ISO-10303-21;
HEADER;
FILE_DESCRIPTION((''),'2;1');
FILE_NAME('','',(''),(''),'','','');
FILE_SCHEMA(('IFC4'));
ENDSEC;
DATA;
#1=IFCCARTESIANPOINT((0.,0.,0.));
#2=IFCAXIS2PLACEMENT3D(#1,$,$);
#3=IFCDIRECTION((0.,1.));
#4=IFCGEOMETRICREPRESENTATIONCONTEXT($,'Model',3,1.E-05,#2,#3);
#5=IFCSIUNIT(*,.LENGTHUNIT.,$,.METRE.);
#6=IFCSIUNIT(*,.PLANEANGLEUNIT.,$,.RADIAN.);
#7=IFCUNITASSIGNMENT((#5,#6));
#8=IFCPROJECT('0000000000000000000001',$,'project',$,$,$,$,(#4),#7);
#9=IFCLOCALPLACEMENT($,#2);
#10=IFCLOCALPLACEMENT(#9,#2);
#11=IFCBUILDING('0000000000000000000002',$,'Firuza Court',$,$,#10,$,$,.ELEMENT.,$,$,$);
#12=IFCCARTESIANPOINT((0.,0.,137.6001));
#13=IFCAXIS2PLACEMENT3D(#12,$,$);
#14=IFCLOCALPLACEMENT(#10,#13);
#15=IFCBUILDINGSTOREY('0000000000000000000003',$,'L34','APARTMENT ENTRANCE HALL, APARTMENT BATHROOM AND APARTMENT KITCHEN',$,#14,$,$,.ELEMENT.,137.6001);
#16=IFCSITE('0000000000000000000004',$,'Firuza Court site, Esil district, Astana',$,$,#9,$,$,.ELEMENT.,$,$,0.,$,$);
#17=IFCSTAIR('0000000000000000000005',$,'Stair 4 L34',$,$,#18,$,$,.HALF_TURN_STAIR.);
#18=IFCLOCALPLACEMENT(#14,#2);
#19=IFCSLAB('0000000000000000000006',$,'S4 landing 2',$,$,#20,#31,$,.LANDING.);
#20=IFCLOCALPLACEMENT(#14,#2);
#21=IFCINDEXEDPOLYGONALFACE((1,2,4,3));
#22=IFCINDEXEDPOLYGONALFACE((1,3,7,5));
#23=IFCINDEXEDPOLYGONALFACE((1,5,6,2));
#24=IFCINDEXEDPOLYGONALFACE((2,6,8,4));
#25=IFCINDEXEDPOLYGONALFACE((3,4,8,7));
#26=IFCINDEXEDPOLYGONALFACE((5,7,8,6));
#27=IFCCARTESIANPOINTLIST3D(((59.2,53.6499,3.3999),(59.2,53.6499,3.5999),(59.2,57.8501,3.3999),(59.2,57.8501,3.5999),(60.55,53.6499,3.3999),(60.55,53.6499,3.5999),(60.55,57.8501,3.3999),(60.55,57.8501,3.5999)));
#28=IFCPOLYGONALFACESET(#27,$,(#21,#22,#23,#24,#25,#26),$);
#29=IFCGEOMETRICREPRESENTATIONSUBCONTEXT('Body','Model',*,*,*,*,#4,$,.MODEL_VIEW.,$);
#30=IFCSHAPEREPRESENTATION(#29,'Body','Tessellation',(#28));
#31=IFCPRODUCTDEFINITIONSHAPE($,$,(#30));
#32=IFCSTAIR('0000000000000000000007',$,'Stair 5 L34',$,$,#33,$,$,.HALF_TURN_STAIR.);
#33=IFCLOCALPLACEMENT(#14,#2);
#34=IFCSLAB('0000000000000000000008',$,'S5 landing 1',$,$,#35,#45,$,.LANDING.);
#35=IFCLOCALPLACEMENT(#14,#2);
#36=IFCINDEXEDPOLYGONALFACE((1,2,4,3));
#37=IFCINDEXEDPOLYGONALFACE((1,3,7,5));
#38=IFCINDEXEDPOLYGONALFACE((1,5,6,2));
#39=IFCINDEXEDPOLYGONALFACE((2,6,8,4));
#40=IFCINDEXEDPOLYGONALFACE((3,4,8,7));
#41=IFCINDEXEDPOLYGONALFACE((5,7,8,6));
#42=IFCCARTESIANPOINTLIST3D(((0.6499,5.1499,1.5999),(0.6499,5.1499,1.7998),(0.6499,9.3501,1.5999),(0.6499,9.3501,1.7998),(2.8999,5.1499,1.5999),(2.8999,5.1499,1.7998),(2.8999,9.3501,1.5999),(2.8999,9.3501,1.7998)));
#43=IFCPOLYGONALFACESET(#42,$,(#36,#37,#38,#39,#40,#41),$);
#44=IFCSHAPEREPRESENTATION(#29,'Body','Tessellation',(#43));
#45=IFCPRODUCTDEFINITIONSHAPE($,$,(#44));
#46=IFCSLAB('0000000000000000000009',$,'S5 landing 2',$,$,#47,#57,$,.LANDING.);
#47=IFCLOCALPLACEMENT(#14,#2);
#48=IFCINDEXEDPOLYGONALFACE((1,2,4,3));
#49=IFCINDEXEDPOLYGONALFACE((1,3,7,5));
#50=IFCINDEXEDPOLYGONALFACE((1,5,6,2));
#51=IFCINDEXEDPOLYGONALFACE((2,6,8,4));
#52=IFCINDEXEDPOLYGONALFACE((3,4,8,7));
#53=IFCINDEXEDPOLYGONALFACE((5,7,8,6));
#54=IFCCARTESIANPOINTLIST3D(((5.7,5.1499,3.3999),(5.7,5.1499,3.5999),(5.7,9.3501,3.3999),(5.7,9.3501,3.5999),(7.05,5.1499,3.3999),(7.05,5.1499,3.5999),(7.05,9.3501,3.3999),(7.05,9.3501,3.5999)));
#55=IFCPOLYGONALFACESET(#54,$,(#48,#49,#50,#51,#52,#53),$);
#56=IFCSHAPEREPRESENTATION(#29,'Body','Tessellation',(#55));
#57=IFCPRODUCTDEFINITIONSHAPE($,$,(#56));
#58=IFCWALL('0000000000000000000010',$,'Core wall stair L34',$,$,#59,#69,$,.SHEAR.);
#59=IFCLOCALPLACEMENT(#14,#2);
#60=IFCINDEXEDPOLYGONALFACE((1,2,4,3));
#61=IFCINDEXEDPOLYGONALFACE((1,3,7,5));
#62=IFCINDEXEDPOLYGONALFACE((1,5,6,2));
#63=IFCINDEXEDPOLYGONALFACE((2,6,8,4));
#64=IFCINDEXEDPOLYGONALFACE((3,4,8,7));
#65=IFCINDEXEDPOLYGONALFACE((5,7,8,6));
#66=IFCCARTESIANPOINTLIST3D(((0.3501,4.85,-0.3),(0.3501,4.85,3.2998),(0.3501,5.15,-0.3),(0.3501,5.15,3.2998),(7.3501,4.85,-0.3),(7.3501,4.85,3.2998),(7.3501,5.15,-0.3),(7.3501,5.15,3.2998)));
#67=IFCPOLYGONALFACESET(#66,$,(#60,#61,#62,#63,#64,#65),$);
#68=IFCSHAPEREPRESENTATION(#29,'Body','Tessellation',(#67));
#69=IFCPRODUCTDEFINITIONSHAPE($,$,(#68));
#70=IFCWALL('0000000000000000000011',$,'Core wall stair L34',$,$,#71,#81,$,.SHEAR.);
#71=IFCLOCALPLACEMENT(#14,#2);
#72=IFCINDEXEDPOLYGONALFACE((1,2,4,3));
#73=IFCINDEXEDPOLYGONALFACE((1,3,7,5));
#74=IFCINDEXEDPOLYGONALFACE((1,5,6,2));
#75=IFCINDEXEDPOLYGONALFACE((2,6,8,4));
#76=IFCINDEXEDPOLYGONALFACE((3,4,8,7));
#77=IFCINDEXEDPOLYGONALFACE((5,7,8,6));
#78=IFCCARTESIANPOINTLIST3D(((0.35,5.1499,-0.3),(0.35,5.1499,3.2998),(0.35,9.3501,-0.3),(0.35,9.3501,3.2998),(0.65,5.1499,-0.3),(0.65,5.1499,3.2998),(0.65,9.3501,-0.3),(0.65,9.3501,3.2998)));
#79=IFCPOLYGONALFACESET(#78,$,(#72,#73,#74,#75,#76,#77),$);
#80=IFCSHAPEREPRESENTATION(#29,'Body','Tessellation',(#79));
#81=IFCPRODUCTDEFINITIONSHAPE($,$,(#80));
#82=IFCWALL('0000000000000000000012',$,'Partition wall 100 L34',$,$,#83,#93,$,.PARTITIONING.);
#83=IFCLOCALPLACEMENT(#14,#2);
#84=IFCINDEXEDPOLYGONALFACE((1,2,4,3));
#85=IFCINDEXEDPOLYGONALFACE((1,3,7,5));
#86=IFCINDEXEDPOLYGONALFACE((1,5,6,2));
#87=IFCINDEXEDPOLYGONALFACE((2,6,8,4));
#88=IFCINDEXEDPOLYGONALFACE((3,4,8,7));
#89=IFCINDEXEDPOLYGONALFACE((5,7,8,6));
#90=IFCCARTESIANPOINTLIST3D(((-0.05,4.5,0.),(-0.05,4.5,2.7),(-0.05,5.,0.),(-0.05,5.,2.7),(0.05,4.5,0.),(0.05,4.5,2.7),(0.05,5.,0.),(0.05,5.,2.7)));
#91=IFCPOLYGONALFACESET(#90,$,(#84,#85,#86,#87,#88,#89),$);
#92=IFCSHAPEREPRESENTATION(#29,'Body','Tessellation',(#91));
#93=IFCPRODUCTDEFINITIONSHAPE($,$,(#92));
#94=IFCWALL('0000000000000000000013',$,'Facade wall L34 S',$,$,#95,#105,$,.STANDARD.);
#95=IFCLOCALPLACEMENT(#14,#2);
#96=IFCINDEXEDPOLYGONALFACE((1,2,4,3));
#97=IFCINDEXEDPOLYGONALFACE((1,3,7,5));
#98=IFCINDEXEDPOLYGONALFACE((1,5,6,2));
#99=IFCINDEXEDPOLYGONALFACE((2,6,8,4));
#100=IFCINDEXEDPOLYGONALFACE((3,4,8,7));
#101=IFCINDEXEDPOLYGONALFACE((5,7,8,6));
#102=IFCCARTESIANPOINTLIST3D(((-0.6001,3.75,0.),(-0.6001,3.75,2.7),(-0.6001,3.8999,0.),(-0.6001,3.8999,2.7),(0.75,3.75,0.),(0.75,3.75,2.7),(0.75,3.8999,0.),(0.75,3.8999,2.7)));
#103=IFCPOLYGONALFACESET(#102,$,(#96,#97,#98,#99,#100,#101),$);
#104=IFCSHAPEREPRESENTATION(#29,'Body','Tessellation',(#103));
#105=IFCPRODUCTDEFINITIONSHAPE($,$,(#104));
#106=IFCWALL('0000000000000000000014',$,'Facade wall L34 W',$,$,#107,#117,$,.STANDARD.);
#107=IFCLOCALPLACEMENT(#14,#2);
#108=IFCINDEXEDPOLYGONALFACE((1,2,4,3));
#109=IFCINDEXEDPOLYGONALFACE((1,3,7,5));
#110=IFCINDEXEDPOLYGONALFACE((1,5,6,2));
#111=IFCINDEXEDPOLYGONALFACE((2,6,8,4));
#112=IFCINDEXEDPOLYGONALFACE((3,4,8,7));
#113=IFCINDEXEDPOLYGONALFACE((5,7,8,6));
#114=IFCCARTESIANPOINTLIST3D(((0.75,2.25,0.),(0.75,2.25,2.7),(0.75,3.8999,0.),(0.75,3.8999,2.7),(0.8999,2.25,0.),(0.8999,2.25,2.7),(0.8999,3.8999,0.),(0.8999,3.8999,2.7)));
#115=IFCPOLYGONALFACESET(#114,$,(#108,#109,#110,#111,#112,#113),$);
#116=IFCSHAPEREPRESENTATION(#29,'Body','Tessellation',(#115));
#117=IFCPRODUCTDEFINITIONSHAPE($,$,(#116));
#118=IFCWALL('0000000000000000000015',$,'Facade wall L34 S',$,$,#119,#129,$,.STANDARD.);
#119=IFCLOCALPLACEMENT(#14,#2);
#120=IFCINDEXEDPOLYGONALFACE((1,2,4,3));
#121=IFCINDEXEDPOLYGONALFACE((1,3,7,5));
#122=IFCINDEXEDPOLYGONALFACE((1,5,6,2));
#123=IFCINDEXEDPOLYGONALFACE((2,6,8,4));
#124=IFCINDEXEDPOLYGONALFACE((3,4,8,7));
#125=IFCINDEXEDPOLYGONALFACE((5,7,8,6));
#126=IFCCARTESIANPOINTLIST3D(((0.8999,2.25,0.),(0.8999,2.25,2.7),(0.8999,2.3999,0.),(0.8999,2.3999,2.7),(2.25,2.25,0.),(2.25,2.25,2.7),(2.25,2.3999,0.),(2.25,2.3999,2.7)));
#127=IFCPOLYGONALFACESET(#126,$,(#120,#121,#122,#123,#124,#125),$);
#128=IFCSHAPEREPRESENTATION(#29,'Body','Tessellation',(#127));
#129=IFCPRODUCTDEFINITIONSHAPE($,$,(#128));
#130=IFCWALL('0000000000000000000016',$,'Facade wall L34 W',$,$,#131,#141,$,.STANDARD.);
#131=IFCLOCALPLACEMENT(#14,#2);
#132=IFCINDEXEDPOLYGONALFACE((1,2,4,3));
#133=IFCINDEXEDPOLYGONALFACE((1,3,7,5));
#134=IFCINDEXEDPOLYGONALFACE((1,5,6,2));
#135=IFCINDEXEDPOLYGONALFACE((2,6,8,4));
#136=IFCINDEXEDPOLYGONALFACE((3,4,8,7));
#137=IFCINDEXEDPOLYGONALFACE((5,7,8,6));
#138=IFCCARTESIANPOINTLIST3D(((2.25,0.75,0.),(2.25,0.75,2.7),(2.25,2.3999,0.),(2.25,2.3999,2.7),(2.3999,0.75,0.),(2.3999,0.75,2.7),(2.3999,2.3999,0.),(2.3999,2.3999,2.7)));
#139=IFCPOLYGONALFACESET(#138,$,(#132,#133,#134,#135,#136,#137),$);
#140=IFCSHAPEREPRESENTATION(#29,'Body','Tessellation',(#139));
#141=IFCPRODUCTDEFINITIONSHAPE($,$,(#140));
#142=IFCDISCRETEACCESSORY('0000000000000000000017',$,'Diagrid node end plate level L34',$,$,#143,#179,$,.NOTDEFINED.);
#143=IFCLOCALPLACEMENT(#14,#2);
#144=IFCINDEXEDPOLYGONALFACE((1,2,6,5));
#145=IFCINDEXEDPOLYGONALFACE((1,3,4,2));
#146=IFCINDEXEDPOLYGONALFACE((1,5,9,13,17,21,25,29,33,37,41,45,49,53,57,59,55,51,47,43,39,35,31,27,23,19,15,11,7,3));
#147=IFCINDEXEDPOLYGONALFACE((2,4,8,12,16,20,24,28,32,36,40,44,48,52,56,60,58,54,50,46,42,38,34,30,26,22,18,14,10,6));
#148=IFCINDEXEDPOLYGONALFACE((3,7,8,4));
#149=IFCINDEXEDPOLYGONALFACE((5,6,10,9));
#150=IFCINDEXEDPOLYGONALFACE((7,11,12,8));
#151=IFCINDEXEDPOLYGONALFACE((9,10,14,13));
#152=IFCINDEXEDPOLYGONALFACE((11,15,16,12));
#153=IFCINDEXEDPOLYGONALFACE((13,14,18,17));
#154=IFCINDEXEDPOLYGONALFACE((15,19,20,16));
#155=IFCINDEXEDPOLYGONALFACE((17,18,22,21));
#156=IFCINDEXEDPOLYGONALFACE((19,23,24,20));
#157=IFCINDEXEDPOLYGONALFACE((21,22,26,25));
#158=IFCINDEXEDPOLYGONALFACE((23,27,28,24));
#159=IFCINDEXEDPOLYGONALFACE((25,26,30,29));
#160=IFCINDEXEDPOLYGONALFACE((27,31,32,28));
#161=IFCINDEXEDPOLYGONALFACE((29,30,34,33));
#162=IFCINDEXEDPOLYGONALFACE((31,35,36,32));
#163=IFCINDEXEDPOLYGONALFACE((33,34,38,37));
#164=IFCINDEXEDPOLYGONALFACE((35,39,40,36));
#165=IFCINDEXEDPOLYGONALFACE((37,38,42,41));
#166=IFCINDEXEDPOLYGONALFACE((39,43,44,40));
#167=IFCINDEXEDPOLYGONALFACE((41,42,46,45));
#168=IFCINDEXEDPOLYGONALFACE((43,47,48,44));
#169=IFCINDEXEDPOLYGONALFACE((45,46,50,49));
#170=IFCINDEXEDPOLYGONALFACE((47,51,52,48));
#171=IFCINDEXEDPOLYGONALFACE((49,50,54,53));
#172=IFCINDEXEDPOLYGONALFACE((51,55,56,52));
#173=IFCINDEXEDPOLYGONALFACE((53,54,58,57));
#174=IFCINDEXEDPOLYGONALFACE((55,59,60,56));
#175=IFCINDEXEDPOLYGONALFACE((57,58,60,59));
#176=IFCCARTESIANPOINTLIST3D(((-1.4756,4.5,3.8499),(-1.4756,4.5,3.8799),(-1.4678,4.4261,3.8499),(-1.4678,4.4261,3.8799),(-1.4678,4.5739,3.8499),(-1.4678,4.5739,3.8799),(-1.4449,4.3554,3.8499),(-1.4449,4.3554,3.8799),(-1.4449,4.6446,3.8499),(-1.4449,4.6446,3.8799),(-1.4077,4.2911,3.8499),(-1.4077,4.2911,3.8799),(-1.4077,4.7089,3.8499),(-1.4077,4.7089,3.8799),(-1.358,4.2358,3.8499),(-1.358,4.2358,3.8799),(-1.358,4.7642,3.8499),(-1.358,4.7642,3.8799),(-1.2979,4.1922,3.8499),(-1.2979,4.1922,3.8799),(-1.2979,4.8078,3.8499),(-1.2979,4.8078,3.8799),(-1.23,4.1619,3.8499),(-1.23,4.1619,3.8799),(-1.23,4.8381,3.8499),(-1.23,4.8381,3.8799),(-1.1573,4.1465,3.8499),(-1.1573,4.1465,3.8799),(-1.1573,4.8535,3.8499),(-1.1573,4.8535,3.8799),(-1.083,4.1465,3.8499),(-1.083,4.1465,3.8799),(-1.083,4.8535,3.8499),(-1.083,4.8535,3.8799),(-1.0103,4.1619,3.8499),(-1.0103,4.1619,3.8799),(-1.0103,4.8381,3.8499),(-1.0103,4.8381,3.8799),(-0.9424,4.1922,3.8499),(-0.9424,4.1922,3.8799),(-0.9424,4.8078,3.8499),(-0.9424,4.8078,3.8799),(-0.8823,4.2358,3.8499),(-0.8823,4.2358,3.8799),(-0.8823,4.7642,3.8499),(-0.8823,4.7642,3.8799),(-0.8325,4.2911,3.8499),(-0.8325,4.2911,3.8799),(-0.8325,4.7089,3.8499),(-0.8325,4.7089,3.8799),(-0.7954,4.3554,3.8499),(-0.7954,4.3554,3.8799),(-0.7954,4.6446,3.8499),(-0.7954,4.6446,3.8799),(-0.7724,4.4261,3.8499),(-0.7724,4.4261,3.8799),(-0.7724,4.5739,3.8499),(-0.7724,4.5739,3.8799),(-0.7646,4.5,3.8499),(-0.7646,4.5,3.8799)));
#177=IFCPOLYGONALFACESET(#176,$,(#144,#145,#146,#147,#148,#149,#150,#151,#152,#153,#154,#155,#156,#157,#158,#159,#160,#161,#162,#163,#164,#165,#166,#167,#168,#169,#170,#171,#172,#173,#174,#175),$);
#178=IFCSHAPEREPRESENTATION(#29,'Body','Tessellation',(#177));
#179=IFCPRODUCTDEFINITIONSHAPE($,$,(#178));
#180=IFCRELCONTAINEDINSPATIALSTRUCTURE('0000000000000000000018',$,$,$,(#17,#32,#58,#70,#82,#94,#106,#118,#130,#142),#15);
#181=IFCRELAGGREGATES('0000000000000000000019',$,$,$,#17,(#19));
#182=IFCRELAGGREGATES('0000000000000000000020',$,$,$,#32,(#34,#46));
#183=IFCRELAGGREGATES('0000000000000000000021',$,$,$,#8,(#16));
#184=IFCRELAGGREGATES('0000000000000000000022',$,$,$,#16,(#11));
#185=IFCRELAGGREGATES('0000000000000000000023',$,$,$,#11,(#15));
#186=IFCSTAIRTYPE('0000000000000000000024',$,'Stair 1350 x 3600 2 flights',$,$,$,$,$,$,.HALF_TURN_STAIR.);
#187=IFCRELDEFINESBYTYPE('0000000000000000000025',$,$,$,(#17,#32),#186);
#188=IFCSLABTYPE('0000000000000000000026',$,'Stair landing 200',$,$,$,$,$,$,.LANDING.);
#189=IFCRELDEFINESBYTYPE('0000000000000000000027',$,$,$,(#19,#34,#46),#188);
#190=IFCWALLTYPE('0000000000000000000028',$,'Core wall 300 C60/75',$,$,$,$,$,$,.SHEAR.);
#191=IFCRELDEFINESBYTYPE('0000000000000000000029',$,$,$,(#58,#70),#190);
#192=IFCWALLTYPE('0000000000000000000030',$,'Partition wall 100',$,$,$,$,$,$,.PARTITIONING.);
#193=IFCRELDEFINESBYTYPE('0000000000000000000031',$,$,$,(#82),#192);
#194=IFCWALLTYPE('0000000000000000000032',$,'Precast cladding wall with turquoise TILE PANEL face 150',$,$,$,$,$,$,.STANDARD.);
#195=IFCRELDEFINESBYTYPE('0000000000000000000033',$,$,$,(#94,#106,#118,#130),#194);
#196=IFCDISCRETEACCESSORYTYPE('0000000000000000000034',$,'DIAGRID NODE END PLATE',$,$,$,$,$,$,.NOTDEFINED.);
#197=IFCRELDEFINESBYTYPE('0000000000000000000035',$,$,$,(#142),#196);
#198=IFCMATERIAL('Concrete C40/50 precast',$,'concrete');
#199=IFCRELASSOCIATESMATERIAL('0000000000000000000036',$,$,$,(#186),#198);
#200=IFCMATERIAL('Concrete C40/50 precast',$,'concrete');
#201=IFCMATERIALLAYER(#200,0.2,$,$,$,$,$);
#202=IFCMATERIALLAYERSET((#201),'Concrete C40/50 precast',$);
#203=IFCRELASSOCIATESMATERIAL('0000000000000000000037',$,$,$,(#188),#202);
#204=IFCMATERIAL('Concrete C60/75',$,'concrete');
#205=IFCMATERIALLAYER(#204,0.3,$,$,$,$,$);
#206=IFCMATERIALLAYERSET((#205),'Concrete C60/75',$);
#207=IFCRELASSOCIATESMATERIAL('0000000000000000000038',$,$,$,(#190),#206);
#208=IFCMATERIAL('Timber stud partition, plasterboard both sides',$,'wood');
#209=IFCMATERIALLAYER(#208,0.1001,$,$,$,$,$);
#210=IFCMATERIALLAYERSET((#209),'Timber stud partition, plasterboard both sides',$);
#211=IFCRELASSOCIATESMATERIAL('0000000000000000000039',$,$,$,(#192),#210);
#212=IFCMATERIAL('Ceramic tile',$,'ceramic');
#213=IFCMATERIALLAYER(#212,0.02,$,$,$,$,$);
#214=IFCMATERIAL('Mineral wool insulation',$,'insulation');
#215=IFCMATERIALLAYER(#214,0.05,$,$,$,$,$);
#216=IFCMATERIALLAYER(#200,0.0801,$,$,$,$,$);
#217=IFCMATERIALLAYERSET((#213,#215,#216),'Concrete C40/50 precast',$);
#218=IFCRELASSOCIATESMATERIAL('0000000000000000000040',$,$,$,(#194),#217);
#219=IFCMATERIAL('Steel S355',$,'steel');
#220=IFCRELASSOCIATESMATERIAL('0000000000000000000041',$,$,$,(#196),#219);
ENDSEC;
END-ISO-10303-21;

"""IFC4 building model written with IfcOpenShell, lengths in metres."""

from ifc_helpers import new_model, si_unit, direction, frame, frame_2d, origin, origin_2d, place, context, subcontext, project, spatial, polyline, rectangle, circle, outline, extrude, material, layer, layer_set, material_profile, profile_set, type_object, element, aggregate, save


model = new_model("IFC4")

# Units and contexts
model_context = context("Model", 3, precision=1e-05, world=origin(), true_north=direction((0.0, 1.0)))
body_context = subcontext(model_context, "Body", "Model", "MODEL_VIEW")
ifc_project = project(units=[si_unit("LENGTHUNIT", "METRE"), si_unit("PLANEANGLEUNIT", "RADIAN")], contexts=[model_context])

# Site, building, storey
site_placement = place(None, origin())
site = spatial("IfcSite", under=ifc_project, at=site_placement, Name="Firuza Court site, Esil district, Astana", CompositionType="ELEMENT", RefElevation=0.0)
building_placement = place(site_placement, origin())
building = spatial("IfcBuilding", under=site, at=building_placement, Name="Firuza Court", CompositionType="ELEMENT")
storey_placement = place(building_placement, frame((0.0, 0.0, 137.6001)))
storey = spatial("IfcBuildingStorey", under=building, at=storey_placement, Name="L34", Description="APARTMENT ENTRANCE HALL, APARTMENT BATHROOM AND APARTMENT KITCHEN", CompositionType="ELEMENT", Elevation=137.6001)

# Stairs, slabs
ifc_material_1 = material(Name="Concrete C40/50 precast", Category="concrete")
stair_type = type_object("IfcStairType", Name="Stair 1350 x 3600 2 flights", PredefinedType="HALF_TURN_STAIR", material=ifc_material_1)
ifc_material_2 = material(Name="Concrete C40/50 precast", Category="concrete")
ifc_layer_1 = layer(ifc_material_2, 0.2)
ifc_layer_set_1 = layer_set([ifc_layer_1], Name="Concrete C40/50 precast")
slab_type_1 = type_object("IfcSlabType", Name="Stair landing 200", PredefinedType="LANDING", material=ifc_layer_set_1)
stair_1_placement = place(storey_placement, origin())
stair_1 = element("IfcStair", 1, at=stair_1_placement, inside=storey, type_object=stair_type, Name="Stair 4 L34", PredefinedType="HALF_TURN_STAIR")
slab_1_placement = place(storey_placement, frame((0.0, 0.0, 3.3999)))
slab_1 = element("IfcSlab", 2, at=slab_1_placement, type_object=slab_type_1, Name="S4 landing 2", PredefinedType="LANDING", context=body_context, shape_type="SweptSolid", body=[
    extrude(outline(polyline([(60.55, 53.6499), (60.55, 57.8501), (59.2, 57.8501), (59.2, 53.6499), (60.55, 53.6499)])), origin(), (0.0, 0.0, 1.0), 0.2),
])
aggregate(stair_1, [slab_1])
stair_2_placement = place(storey_placement, origin())
stair_2 = element("IfcStair", 3, at=stair_2_placement, inside=storey, type_object=stair_type, Name="Stair 5 L34", PredefinedType="HALF_TURN_STAIR")
slab_2_placement = place(storey_placement, frame((0.0, 0.0, 1.5999)))
slab_2 = element("IfcSlab", 4, at=slab_2_placement, type_object=slab_type_1, Name="S5 landing 1", PredefinedType="LANDING", context=body_context, shape_type="SweptSolid", body=[
    extrude(outline(polyline([(2.8999, 5.1499), (2.8999, 9.3501), (0.6499, 9.3501), (0.6499, 5.1499), (2.8999, 5.1499)])), origin(), (0.0, 0.0, 1.0), 0.2),
])
slab_3_placement = place(storey_placement, frame((0.0, 0.0, 3.3999)))
slab_3 = element("IfcSlab", 5, at=slab_3_placement, type_object=slab_type_1, Name="S5 landing 2", PredefinedType="LANDING", context=body_context, shape_type="SweptSolid", body=[
    extrude(outline(polyline([(7.05, 5.1499), (7.05, 9.3501), (5.7, 9.3501), (5.7, 5.1499), (7.05, 5.1499)])), origin(), (0.0, 0.0, 1.0), 0.2),
])
aggregate(stair_2, [slab_2, slab_3])

# Walls
ifc_material_3 = material(Name="Concrete C60/75", Category="concrete")
ifc_layer_2 = layer(ifc_material_3, 0.3)
ifc_layer_set_2 = layer_set([ifc_layer_2], Name="Concrete C60/75")
wall_type_1 = type_object("IfcWallType", Name="Core wall 300 C60/75", PredefinedType="SHEAR", material=ifc_layer_set_2)
wall_1_placement = place(storey_placement, frame((0.3501, 5.0, -0.3), z_axis=(0.0, 0.0, 1.0), x_axis=(1.0, 0.0, 0.0)))
element("IfcWall", 6, at=wall_1_placement, inside=storey, type_object=wall_type_1, Name="Core wall stair L34", PredefinedType="SHEAR", context=body_context, shape_type="SweptSolid", body=[
    extrude(rectangle(XDim=7.0, YDim=0.3, at=frame_2d((3.5, 0.0))), origin(), (0.0, 0.0, 1.0), 3.5999),
])
wall_2_placement = place(storey_placement, frame((0.5, 5.1499, -0.3), z_axis=(0.0, 0.0, 1.0), x_axis=(0.0, 1.0, 0.0)))
element("IfcWall", 7, at=wall_2_placement, inside=storey, type_object=wall_type_1, Name="Core wall stair L34", PredefinedType="SHEAR", context=body_context, shape_type="SweptSolid", body=[
    extrude(rectangle(XDim=4.2002, YDim=0.3, at=frame_2d((2.1001, 0.0))), origin(), (0.0, 0.0, 1.0), 3.5999),
])
ifc_material_4 = material(Name="Timber stud partition, plasterboard both sides", Category="wood")
ifc_layer_3 = layer(ifc_material_4, 0.1001)
ifc_layer_set_3 = layer_set([ifc_layer_3], Name="Timber stud partition, plasterboard both sides")
wall_type_2 = type_object("IfcWallType", Name="Partition wall 100", PredefinedType="PARTITIONING", material=ifc_layer_set_3)
wall_3_placement = place(storey_placement, frame((0.0, 4.5, 0.0), z_axis=(0.0, 0.0, 1.0), x_axis=(0.0, 1.0, 0.0)))
element("IfcWall", 8, at=wall_3_placement, inside=storey, type_object=wall_type_2, Name="Partition wall 100 L34", PredefinedType="PARTITIONING", context=body_context, shape_type="SweptSolid", body=[
    extrude(rectangle(XDim=0.5, YDim=0.1001, at=frame_2d((0.25, 0.0))), origin(), (0.0, 0.0, 1.0), 2.7),
])
ifc_material_5 = material(Name="Ceramic tile", Category="ceramic")
ifc_layer_4 = layer(ifc_material_5, 0.02)
ifc_material_6 = material(Name="Mineral wool insulation", Category="insulation")
ifc_layer_5 = layer(ifc_material_6, 0.05)
ifc_layer_6 = layer(ifc_material_2, 0.0801)
ifc_layer_set_4 = layer_set([ifc_layer_4, ifc_layer_5, ifc_layer_6], Name="Concrete C40/50 precast")
wall_type_3 = type_object("IfcWallType", Name="Precast cladding wall with turquoise TILE PANEL face 150", PredefinedType="STANDARD", material=ifc_layer_set_4)
wall_4_placement = place(storey_placement, frame((-0.6001, 3.825, 0.0), z_axis=(0.0, 0.0, 1.0), x_axis=(1.0, 0.0, 0.0)))
element("IfcWall", 9, at=wall_4_placement, inside=storey, type_object=wall_type_3, Name="Facade wall L34 S", PredefinedType="STANDARD", context=body_context, shape_type="SweptSolid", body=[
    extrude(rectangle(XDim=1.3501, YDim=0.1499, at=frame_2d((0.675, 0.0))), origin(), (0.0, 0.0, 1.0), 2.7),
])
wall_5_placement = place(storey_placement, frame((0.825, 3.8999, 0.0), z_axis=(0.0, 0.0, 1.0), x_axis=(0.0, -1.0, 0.0)))
element("IfcWall", 10, at=wall_5_placement, inside=storey, type_object=wall_type_3, Name="Facade wall L34 W", PredefinedType="STANDARD", context=body_context, shape_type="SweptSolid", body=[
    extrude(rectangle(XDim=1.6499, YDim=0.1499, at=frame_2d((0.825, 0.0))), origin(), (0.0, 0.0, 1.0), 2.7),
])
wall_6_placement = place(storey_placement, frame((0.8999, 2.325, 0.0), z_axis=(0.0, 0.0, 1.0), x_axis=(1.0, 0.0, 0.0)))
element("IfcWall", 11, at=wall_6_placement, inside=storey, type_object=wall_type_3, Name="Facade wall L34 S", PredefinedType="STANDARD", context=body_context, shape_type="SweptSolid", body=[
    extrude(rectangle(XDim=1.3501, YDim=0.1499, at=frame_2d((0.675, 0.0))), origin(), (0.0, 0.0, 1.0), 2.7),
])
wall_7_placement = place(storey_placement, frame((2.325, 2.3999, 0.0), z_axis=(0.0, 0.0, 1.0), x_axis=(0.0, -1.0, 0.0)))
element("IfcWall", 12, at=wall_7_placement, inside=storey, type_object=wall_type_3, Name="Facade wall L34 W", PredefinedType="STANDARD", context=body_context, shape_type="SweptSolid", body=[
    extrude(rectangle(XDim=1.6499, YDim=0.1499, at=frame_2d((0.825, 0.0))), origin(), (0.0, 0.0, 1.0), 2.7),
])

# Discrete accessory
ifc_material_7 = material(Name="Steel S355", Category="steel")
ifc_material_profile_1 = material_profile(ifc_material_7, circle(Radius=0.3555, at=origin_2d()), Name="PL D711")
ifc_profile_set_1 = profile_set([ifc_material_profile_1], Name="Steel S355")
discrete_accessory_type = type_object("IfcDiscreteAccessoryType", Name="DIAGRID NODE END PLATE", PredefinedType="NOTDEFINED", material=ifc_profile_set_1)
for number, where, z_axis, x_axis, name in (
    (13, (-1.1201, 4.5, 3.8499), (0.0, 0.0, 1.0), (1.0, 0.0, 0.0), "Diagrid node end plate level L34"),
):
    element("IfcDiscreteAccessory", number, at=place(storey_placement, frame(where, z_axis=z_axis, x_axis=x_axis)), inside=storey, type_object=discrete_accessory_type, Name=name, PredefinedType="NOTDEFINED", context=body_context, shape_type="SweptSolid", body=[
        extrude(circle(Radius=0.3555, at=origin_2d()), origin(), (0.0, 0.0, 1.0), 0.03),
    ])

save(model, "model.ifc")
